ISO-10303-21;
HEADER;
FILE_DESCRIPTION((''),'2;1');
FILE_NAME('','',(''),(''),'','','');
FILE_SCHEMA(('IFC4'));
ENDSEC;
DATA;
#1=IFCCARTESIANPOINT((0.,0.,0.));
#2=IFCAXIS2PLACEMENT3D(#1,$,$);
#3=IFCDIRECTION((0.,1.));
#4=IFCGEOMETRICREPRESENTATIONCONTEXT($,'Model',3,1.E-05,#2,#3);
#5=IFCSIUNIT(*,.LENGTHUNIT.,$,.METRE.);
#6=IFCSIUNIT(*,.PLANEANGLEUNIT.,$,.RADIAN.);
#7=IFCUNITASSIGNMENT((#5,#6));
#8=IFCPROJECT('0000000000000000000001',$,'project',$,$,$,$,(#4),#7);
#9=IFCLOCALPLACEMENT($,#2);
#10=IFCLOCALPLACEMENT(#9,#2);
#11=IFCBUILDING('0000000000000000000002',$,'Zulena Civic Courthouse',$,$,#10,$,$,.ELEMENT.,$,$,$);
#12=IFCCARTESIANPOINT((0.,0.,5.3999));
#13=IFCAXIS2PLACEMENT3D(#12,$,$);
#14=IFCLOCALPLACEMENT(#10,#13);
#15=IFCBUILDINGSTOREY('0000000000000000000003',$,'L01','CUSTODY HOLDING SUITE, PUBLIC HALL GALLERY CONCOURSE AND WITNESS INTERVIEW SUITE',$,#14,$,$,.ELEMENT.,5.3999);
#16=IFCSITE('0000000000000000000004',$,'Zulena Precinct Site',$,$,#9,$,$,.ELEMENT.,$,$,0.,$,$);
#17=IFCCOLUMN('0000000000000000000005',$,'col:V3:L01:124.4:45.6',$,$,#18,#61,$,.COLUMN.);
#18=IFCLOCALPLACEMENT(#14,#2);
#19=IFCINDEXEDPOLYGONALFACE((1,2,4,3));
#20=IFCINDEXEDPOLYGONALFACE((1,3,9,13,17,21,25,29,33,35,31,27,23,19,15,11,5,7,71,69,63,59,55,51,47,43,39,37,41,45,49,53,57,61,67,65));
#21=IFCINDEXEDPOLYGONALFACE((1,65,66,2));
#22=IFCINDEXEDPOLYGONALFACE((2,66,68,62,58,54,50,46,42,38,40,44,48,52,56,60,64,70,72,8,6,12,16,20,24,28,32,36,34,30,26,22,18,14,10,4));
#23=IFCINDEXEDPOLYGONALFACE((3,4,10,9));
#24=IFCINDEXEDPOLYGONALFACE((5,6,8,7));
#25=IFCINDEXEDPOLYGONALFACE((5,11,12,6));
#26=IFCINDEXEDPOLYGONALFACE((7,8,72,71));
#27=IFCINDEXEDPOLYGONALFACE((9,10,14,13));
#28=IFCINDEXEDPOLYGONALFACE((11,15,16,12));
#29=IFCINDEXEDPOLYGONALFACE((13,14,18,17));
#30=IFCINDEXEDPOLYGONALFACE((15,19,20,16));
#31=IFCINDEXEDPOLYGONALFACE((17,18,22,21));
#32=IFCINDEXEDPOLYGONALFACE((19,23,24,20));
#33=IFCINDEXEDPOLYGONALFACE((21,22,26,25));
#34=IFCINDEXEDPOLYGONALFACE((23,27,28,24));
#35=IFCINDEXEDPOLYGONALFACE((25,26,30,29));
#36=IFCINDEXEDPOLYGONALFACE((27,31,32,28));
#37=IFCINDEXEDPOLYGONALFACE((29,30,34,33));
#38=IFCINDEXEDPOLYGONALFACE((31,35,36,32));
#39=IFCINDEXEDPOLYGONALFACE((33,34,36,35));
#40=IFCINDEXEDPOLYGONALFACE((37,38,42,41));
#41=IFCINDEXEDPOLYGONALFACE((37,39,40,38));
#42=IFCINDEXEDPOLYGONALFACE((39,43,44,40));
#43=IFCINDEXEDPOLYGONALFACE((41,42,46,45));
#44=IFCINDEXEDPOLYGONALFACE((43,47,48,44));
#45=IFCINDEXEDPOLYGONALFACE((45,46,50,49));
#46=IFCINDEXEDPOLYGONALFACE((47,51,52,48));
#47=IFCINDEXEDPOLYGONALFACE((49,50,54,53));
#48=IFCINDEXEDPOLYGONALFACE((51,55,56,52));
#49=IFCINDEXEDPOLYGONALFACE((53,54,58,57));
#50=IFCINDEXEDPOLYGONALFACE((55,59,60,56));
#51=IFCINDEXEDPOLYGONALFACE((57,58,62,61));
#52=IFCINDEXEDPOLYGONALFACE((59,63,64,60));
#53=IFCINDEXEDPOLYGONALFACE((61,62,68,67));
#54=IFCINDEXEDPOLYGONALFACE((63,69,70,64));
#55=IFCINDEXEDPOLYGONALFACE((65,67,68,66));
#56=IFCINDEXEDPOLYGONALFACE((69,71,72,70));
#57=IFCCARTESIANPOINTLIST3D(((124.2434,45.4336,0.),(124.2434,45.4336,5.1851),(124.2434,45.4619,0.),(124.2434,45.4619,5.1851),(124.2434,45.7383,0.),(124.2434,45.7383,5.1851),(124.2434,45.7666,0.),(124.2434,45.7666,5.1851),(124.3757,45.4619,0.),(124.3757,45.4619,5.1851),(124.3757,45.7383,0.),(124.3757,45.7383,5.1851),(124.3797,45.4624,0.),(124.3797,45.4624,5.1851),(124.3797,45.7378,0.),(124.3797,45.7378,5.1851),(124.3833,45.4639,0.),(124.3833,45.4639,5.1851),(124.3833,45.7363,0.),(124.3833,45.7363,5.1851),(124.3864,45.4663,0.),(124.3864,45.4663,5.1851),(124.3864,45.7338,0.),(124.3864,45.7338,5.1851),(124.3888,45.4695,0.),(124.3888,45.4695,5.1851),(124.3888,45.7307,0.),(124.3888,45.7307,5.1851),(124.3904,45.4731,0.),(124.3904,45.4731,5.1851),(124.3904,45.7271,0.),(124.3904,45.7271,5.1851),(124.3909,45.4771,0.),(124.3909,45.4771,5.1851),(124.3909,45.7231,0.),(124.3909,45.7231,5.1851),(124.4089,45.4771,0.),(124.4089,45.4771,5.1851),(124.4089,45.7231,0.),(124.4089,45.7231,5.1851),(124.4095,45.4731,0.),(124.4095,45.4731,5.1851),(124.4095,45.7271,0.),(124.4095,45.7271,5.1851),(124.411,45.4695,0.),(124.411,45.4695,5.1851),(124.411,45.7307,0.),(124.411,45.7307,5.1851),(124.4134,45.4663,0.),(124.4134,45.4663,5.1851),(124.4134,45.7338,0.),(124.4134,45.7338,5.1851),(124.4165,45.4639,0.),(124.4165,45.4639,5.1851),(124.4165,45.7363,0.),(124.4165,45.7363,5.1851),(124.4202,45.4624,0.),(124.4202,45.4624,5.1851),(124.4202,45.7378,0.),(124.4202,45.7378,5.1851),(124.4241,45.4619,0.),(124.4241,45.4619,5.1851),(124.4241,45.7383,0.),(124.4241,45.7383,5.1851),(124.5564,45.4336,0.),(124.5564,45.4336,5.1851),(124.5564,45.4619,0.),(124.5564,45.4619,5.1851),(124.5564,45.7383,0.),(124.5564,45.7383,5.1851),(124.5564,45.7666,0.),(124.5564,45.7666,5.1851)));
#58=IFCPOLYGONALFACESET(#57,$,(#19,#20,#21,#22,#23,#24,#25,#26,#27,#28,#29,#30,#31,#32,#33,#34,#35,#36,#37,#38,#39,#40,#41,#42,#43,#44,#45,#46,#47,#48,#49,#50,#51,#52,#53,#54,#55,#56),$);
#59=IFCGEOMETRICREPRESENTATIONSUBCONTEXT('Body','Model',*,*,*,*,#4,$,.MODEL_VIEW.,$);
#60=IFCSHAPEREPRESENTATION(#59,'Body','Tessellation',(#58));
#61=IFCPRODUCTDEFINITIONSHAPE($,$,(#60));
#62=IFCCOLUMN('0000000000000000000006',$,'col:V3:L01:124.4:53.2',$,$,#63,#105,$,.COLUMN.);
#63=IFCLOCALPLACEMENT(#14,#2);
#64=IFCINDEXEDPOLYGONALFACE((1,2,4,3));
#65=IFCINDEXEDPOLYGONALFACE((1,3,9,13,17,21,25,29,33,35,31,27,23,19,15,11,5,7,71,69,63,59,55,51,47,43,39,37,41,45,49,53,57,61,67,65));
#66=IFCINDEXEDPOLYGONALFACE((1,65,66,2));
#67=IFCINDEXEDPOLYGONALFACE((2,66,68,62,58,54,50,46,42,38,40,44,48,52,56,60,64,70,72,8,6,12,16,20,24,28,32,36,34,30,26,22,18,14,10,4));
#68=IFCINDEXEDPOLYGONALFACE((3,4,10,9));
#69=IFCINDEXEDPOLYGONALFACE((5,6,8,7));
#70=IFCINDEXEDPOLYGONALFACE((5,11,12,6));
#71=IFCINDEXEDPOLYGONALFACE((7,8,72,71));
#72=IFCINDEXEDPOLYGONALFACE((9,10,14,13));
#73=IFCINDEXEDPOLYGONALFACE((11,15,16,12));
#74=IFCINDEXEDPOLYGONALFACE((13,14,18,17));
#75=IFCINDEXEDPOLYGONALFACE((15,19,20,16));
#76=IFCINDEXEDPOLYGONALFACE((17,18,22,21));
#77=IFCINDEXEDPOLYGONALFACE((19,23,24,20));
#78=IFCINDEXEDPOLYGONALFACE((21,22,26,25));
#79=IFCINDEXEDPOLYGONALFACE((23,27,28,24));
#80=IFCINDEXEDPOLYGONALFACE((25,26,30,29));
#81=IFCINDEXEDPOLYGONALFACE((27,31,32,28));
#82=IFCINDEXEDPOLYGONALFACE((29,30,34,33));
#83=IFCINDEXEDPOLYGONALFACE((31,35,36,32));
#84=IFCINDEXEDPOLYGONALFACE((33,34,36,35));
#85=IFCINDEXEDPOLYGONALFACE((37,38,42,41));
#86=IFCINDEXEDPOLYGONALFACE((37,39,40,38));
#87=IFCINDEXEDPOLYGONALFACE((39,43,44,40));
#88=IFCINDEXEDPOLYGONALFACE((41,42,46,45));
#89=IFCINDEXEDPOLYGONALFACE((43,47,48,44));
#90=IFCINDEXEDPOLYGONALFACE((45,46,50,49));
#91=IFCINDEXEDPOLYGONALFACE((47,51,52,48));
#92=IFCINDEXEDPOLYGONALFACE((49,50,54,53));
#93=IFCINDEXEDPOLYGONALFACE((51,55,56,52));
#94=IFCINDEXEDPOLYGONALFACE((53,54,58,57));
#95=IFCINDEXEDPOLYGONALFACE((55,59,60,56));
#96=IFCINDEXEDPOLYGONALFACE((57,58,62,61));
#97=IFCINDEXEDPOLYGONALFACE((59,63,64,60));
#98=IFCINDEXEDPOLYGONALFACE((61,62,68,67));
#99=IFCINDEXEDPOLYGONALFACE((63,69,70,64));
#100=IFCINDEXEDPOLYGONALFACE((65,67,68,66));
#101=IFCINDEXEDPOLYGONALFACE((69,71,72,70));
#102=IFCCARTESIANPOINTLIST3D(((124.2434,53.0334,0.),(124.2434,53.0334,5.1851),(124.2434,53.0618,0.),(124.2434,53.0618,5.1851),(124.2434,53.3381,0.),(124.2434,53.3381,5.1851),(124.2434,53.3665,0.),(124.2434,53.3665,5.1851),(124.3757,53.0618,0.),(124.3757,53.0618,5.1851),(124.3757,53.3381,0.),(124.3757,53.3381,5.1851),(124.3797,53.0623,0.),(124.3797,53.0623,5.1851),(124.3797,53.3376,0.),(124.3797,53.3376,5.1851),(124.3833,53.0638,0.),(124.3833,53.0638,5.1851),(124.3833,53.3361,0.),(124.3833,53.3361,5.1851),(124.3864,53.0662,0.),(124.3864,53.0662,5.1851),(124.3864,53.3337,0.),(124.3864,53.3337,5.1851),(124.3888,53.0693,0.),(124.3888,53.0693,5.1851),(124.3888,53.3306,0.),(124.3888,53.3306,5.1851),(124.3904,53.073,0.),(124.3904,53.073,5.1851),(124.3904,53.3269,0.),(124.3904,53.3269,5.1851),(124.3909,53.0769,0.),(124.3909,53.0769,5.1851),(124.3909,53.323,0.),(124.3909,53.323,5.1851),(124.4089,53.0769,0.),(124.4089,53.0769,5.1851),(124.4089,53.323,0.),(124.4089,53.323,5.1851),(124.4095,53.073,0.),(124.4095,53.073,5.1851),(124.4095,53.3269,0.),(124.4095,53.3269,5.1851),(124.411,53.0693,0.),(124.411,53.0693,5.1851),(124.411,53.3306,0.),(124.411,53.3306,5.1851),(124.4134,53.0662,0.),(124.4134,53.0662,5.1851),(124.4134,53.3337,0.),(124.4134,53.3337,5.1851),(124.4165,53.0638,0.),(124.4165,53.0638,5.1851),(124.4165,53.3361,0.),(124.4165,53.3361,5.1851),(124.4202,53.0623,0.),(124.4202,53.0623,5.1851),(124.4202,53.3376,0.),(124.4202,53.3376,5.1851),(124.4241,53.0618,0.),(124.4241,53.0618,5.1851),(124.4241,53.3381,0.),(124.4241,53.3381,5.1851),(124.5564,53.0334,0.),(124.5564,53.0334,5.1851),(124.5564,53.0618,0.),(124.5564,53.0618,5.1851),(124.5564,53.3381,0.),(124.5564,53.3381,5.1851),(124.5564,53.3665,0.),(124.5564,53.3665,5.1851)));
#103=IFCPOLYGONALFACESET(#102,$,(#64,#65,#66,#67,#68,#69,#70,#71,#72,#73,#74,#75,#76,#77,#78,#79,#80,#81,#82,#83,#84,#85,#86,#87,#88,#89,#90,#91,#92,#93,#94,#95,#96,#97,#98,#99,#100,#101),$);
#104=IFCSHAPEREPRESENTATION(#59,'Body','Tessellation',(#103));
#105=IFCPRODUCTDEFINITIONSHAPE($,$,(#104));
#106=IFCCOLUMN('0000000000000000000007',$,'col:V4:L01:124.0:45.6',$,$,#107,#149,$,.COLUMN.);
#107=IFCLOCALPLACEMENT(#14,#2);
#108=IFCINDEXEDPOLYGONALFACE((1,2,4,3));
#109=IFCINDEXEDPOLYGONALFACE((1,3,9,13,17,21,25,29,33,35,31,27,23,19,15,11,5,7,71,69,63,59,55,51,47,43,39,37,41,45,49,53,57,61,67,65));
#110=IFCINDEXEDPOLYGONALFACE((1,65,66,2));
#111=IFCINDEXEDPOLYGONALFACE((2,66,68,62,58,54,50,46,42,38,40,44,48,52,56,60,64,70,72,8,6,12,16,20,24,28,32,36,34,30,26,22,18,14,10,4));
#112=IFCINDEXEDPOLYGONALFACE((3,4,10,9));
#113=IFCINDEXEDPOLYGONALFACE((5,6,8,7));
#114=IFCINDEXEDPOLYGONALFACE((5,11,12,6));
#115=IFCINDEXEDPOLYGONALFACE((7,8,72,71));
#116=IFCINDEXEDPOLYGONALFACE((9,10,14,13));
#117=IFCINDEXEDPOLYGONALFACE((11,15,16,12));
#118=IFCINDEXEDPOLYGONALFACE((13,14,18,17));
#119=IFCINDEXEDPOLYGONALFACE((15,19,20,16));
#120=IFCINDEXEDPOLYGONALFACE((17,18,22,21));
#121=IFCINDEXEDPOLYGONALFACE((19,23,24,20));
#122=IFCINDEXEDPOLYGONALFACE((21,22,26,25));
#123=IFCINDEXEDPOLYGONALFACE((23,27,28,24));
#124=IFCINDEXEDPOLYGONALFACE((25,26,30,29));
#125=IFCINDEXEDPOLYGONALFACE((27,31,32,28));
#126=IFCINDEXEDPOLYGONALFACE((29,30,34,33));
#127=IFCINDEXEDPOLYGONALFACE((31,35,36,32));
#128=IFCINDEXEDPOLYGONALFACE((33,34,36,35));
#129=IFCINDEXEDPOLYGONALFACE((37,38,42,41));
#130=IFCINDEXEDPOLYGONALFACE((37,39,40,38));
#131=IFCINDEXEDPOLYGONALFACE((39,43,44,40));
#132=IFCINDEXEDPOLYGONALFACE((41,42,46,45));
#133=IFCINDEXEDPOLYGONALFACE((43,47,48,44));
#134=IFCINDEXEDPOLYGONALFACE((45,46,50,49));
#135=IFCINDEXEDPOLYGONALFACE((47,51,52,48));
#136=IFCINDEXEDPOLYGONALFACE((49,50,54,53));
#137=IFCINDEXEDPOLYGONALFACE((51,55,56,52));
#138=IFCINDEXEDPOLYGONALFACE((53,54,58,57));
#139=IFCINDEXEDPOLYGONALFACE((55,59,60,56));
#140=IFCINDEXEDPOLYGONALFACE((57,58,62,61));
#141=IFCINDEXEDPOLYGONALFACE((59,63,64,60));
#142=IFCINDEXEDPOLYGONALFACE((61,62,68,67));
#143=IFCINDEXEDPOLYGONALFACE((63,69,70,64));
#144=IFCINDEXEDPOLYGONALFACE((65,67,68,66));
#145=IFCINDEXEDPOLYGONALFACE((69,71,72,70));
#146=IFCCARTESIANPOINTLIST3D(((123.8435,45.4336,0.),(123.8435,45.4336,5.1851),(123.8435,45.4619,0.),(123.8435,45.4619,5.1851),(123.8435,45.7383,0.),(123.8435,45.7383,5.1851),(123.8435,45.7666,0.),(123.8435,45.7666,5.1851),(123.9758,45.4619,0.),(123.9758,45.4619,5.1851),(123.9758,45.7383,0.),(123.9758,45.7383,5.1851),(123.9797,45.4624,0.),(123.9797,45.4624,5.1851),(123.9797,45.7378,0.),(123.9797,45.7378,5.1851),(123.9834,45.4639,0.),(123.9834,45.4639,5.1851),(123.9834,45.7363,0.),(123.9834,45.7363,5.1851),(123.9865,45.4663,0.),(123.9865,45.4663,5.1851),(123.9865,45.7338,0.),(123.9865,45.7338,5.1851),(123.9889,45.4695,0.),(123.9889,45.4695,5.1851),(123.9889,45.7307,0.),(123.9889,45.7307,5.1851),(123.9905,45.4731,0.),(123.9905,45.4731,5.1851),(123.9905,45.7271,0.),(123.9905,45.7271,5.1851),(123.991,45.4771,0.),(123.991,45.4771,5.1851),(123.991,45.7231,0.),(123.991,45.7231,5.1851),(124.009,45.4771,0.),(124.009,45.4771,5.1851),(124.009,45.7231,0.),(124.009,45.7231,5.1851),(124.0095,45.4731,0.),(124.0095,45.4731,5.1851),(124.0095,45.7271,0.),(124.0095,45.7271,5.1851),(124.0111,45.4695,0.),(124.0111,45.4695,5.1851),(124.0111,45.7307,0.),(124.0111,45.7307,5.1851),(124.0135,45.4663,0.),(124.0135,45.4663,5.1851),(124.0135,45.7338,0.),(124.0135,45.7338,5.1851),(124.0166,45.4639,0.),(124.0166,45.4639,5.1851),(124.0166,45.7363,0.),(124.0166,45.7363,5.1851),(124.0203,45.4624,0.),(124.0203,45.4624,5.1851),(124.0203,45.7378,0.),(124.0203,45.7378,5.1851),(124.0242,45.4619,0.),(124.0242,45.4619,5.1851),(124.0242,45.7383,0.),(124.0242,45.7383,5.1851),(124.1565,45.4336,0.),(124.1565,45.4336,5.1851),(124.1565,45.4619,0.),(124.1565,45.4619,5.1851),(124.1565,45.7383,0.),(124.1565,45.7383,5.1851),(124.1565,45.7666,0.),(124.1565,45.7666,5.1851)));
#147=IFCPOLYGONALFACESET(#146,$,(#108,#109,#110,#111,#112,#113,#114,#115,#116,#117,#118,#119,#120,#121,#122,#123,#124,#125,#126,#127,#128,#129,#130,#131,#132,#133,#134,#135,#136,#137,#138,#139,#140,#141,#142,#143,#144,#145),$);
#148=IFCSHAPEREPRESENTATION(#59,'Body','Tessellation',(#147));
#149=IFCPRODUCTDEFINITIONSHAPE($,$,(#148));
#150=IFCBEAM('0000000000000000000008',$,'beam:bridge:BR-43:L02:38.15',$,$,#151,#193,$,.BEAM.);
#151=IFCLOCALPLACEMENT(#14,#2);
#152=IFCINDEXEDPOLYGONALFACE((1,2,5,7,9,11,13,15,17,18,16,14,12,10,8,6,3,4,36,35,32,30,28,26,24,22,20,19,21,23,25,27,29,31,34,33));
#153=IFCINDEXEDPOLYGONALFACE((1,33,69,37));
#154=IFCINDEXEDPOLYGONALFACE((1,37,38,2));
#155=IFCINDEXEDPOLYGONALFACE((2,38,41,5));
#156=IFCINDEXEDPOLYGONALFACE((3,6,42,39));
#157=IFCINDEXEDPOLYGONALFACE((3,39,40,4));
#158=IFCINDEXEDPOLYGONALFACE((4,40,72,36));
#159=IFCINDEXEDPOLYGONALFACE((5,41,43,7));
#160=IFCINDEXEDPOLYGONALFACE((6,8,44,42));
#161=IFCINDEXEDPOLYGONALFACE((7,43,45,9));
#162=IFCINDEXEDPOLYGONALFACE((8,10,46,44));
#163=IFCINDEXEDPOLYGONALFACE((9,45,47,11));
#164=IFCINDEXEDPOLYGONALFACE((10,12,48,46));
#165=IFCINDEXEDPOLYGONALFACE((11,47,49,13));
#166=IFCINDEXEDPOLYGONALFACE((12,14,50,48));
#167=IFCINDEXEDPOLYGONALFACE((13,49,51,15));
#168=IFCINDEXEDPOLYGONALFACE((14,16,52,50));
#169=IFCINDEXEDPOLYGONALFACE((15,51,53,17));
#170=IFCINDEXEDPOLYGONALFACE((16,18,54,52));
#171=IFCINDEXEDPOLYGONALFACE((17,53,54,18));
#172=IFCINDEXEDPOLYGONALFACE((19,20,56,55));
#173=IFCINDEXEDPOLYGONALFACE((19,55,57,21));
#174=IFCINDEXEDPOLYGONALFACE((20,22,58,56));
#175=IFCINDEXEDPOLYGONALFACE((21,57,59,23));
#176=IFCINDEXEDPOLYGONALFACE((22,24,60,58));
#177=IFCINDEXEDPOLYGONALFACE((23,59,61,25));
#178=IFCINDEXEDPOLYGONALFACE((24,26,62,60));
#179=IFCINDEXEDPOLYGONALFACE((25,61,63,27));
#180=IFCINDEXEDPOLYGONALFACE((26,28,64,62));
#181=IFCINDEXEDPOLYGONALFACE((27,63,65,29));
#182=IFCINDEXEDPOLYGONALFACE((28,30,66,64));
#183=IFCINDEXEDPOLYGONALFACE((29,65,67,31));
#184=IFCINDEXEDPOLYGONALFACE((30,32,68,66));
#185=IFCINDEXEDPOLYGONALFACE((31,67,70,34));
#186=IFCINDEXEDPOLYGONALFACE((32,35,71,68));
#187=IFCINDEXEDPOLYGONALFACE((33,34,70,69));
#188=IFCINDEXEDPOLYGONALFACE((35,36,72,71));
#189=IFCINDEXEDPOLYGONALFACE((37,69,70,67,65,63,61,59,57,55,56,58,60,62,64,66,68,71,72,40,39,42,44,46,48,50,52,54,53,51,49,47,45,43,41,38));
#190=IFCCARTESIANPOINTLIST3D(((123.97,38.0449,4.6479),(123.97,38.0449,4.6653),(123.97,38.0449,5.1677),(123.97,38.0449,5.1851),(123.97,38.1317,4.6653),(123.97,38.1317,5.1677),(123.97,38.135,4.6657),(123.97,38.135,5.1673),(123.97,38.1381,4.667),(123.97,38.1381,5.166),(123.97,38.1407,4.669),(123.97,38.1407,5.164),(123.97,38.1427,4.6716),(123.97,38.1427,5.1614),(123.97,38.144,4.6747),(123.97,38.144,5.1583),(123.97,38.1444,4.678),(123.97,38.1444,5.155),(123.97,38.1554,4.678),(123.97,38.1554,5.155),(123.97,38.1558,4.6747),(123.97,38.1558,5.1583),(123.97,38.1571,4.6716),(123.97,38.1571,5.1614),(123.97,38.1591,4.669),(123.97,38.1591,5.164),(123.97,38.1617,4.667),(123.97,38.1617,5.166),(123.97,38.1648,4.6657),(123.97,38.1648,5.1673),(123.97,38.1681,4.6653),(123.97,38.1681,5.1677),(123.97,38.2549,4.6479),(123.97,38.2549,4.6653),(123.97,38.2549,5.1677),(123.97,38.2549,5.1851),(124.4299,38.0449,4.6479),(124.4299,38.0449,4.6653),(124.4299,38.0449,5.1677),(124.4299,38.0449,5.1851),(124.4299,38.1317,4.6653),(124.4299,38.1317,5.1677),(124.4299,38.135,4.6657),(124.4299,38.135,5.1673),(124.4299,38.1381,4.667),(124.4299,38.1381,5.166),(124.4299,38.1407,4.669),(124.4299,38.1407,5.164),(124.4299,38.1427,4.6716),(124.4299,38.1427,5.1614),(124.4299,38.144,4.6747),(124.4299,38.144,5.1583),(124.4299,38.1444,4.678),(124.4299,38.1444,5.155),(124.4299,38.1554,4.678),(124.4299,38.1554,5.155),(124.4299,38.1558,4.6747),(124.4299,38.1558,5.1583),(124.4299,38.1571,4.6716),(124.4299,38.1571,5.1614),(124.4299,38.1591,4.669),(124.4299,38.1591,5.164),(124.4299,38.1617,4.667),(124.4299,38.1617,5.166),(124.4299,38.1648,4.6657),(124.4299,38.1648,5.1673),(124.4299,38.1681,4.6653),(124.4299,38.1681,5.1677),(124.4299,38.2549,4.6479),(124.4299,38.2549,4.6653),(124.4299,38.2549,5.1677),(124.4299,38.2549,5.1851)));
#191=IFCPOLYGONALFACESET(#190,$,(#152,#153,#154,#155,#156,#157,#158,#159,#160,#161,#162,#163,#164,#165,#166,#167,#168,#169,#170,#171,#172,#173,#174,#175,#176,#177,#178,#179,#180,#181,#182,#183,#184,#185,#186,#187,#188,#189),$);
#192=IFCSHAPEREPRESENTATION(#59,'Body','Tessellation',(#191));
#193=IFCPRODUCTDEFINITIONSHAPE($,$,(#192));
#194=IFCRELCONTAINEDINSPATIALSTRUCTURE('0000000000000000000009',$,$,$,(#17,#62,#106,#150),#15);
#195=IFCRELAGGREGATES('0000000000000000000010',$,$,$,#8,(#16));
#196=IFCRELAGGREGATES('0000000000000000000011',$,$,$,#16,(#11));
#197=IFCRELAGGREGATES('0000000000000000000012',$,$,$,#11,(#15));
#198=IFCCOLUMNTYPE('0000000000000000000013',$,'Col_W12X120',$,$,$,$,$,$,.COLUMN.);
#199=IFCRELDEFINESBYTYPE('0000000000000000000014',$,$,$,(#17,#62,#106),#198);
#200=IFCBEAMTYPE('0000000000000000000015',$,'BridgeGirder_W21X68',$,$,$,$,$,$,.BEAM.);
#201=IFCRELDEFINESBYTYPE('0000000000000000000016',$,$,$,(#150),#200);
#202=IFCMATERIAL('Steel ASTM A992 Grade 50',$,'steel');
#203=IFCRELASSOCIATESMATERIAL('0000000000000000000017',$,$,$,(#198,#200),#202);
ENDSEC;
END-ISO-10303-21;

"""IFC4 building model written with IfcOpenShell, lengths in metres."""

from ifc_helpers import new_model, si_unit, direction, frame, origin, origin_2d, place, context, subcontext, project, spatial, i_section, extrude, material, material_profile, profile_set, type_object, element, save


model = new_model("IFC4")

# Units and contexts
model_context = context("Model", 3, precision=1e-05, world=origin(), true_north=direction((0.0, 1.0)))
body_context = subcontext(model_context, "Body", "Model", "MODEL_VIEW")
ifc_project = project(units=[si_unit("LENGTHUNIT", "METRE"), si_unit("PLANEANGLEUNIT", "RADIAN")], contexts=[model_context])

# Site, building, storey
site_placement = place(None, origin())
site = spatial("IfcSite", under=ifc_project, at=site_placement, Name="Zulena Precinct Site", CompositionType="ELEMENT", RefElevation=0.0)
building_placement = place(site_placement, origin())
building = spatial("IfcBuilding", under=site, at=building_placement, Name="Zulena Civic Courthouse", CompositionType="ELEMENT")
storey_placement = place(building_placement, frame((0.0, 0.0, 5.3999)))
storey = spatial("IfcBuildingStorey", under=building, at=storey_placement, Name="L01", Description="CUSTODY HOLDING SUITE, PUBLIC HALL GALLERY CONCOURSE AND WITNESS INTERVIEW SUITE", CompositionType="ELEMENT", Elevation=5.3999)

# Columns
ifc_material_1 = material(Name="Steel ASTM A992 Grade 50", Category="steel")
ifc_material_profile_1 = material_profile(ifc_material_1, i_section(OverallWidth=0.313, OverallDepth=0.333, WebThickness=0.0181, FlangeThickness=0.0283, FilletRadius=0.0151, at=origin_2d()), Name="W12X120")
ifc_profile_set_1 = profile_set([ifc_material_profile_1], Name="Steel ASTM A992 Grade 50")
column_type = type_object("IfcColumnType", Name="Col_W12X120", PredefinedType="COLUMN", material=ifc_profile_set_1)
for number, where, z_axis, x_axis, name in (
    (1, (124.3999, 45.6001, 0.0), (0.0, 0.0, 1.0), (1.0, 0.0, 0.0), "col:V3:L01:124.4:45.6"),
    (2, (124.3999, 53.2, 0.0), (0.0, 0.0, 1.0), (1.0, 0.0, 0.0), "col:V3:L01:124.4:53.2"),
    (3, (124.0, 45.6001, 0.0), (0.0, 0.0, 1.0), (1.0, 0.0, 0.0), "col:V4:L01:124.0:45.6"),
):
    element("IfcColumn", number, at=place(storey_placement, frame(where, z_axis=z_axis, x_axis=x_axis)), inside=storey, type_object=column_type, Name=name, PredefinedType="COLUMN", context=body_context, shape_type="SweptSolid", body=[
        extrude(i_section(OverallWidth=0.313, OverallDepth=0.333, WebThickness=0.0181, FlangeThickness=0.0283, FilletRadius=0.0151, at=origin_2d()), origin(), (0.0, 0.0, 1.0), 5.1851),
    ])

# Beam
ifc_material_profile_2 = material_profile(ifc_material_1, i_section(OverallWidth=0.21, OverallDepth=0.5371, WebThickness=0.011, FlangeThickness=0.0173, FilletRadius=0.0127, at=origin_2d()), Name="W21X68")
ifc_profile_set_2 = profile_set([ifc_material_profile_2], Name="Steel ASTM A992 Grade 50")
beam_type_1 = type_object("IfcBeamType", Name="BridgeGirder_W21X68", PredefinedType="BEAM", material=ifc_profile_set_2)
for number, where, z_axis, x_axis, name in (
    (4, (123.97, 38.1499, 4.9165), (1.0, 0.0, 0.0), (0.0, 1.0, 0.0), "beam:bridge:BR-43:L02:38.15"),
):
    element("IfcBeam", number, at=place(storey_placement, frame(where, z_axis=z_axis, x_axis=x_axis)), inside=storey, type_object=beam_type_1, Name=name, PredefinedType="BEAM", context=body_context, shape_type="SweptSolid", body=[
        extrude(i_section(OverallWidth=0.21, OverallDepth=0.5371, WebThickness=0.011, FlangeThickness=0.0173, FilletRadius=0.0127, at=origin_2d()), origin(), (0.0, 0.0, 1.0), 0.46),
    ])

save(model, "model.ifc")
